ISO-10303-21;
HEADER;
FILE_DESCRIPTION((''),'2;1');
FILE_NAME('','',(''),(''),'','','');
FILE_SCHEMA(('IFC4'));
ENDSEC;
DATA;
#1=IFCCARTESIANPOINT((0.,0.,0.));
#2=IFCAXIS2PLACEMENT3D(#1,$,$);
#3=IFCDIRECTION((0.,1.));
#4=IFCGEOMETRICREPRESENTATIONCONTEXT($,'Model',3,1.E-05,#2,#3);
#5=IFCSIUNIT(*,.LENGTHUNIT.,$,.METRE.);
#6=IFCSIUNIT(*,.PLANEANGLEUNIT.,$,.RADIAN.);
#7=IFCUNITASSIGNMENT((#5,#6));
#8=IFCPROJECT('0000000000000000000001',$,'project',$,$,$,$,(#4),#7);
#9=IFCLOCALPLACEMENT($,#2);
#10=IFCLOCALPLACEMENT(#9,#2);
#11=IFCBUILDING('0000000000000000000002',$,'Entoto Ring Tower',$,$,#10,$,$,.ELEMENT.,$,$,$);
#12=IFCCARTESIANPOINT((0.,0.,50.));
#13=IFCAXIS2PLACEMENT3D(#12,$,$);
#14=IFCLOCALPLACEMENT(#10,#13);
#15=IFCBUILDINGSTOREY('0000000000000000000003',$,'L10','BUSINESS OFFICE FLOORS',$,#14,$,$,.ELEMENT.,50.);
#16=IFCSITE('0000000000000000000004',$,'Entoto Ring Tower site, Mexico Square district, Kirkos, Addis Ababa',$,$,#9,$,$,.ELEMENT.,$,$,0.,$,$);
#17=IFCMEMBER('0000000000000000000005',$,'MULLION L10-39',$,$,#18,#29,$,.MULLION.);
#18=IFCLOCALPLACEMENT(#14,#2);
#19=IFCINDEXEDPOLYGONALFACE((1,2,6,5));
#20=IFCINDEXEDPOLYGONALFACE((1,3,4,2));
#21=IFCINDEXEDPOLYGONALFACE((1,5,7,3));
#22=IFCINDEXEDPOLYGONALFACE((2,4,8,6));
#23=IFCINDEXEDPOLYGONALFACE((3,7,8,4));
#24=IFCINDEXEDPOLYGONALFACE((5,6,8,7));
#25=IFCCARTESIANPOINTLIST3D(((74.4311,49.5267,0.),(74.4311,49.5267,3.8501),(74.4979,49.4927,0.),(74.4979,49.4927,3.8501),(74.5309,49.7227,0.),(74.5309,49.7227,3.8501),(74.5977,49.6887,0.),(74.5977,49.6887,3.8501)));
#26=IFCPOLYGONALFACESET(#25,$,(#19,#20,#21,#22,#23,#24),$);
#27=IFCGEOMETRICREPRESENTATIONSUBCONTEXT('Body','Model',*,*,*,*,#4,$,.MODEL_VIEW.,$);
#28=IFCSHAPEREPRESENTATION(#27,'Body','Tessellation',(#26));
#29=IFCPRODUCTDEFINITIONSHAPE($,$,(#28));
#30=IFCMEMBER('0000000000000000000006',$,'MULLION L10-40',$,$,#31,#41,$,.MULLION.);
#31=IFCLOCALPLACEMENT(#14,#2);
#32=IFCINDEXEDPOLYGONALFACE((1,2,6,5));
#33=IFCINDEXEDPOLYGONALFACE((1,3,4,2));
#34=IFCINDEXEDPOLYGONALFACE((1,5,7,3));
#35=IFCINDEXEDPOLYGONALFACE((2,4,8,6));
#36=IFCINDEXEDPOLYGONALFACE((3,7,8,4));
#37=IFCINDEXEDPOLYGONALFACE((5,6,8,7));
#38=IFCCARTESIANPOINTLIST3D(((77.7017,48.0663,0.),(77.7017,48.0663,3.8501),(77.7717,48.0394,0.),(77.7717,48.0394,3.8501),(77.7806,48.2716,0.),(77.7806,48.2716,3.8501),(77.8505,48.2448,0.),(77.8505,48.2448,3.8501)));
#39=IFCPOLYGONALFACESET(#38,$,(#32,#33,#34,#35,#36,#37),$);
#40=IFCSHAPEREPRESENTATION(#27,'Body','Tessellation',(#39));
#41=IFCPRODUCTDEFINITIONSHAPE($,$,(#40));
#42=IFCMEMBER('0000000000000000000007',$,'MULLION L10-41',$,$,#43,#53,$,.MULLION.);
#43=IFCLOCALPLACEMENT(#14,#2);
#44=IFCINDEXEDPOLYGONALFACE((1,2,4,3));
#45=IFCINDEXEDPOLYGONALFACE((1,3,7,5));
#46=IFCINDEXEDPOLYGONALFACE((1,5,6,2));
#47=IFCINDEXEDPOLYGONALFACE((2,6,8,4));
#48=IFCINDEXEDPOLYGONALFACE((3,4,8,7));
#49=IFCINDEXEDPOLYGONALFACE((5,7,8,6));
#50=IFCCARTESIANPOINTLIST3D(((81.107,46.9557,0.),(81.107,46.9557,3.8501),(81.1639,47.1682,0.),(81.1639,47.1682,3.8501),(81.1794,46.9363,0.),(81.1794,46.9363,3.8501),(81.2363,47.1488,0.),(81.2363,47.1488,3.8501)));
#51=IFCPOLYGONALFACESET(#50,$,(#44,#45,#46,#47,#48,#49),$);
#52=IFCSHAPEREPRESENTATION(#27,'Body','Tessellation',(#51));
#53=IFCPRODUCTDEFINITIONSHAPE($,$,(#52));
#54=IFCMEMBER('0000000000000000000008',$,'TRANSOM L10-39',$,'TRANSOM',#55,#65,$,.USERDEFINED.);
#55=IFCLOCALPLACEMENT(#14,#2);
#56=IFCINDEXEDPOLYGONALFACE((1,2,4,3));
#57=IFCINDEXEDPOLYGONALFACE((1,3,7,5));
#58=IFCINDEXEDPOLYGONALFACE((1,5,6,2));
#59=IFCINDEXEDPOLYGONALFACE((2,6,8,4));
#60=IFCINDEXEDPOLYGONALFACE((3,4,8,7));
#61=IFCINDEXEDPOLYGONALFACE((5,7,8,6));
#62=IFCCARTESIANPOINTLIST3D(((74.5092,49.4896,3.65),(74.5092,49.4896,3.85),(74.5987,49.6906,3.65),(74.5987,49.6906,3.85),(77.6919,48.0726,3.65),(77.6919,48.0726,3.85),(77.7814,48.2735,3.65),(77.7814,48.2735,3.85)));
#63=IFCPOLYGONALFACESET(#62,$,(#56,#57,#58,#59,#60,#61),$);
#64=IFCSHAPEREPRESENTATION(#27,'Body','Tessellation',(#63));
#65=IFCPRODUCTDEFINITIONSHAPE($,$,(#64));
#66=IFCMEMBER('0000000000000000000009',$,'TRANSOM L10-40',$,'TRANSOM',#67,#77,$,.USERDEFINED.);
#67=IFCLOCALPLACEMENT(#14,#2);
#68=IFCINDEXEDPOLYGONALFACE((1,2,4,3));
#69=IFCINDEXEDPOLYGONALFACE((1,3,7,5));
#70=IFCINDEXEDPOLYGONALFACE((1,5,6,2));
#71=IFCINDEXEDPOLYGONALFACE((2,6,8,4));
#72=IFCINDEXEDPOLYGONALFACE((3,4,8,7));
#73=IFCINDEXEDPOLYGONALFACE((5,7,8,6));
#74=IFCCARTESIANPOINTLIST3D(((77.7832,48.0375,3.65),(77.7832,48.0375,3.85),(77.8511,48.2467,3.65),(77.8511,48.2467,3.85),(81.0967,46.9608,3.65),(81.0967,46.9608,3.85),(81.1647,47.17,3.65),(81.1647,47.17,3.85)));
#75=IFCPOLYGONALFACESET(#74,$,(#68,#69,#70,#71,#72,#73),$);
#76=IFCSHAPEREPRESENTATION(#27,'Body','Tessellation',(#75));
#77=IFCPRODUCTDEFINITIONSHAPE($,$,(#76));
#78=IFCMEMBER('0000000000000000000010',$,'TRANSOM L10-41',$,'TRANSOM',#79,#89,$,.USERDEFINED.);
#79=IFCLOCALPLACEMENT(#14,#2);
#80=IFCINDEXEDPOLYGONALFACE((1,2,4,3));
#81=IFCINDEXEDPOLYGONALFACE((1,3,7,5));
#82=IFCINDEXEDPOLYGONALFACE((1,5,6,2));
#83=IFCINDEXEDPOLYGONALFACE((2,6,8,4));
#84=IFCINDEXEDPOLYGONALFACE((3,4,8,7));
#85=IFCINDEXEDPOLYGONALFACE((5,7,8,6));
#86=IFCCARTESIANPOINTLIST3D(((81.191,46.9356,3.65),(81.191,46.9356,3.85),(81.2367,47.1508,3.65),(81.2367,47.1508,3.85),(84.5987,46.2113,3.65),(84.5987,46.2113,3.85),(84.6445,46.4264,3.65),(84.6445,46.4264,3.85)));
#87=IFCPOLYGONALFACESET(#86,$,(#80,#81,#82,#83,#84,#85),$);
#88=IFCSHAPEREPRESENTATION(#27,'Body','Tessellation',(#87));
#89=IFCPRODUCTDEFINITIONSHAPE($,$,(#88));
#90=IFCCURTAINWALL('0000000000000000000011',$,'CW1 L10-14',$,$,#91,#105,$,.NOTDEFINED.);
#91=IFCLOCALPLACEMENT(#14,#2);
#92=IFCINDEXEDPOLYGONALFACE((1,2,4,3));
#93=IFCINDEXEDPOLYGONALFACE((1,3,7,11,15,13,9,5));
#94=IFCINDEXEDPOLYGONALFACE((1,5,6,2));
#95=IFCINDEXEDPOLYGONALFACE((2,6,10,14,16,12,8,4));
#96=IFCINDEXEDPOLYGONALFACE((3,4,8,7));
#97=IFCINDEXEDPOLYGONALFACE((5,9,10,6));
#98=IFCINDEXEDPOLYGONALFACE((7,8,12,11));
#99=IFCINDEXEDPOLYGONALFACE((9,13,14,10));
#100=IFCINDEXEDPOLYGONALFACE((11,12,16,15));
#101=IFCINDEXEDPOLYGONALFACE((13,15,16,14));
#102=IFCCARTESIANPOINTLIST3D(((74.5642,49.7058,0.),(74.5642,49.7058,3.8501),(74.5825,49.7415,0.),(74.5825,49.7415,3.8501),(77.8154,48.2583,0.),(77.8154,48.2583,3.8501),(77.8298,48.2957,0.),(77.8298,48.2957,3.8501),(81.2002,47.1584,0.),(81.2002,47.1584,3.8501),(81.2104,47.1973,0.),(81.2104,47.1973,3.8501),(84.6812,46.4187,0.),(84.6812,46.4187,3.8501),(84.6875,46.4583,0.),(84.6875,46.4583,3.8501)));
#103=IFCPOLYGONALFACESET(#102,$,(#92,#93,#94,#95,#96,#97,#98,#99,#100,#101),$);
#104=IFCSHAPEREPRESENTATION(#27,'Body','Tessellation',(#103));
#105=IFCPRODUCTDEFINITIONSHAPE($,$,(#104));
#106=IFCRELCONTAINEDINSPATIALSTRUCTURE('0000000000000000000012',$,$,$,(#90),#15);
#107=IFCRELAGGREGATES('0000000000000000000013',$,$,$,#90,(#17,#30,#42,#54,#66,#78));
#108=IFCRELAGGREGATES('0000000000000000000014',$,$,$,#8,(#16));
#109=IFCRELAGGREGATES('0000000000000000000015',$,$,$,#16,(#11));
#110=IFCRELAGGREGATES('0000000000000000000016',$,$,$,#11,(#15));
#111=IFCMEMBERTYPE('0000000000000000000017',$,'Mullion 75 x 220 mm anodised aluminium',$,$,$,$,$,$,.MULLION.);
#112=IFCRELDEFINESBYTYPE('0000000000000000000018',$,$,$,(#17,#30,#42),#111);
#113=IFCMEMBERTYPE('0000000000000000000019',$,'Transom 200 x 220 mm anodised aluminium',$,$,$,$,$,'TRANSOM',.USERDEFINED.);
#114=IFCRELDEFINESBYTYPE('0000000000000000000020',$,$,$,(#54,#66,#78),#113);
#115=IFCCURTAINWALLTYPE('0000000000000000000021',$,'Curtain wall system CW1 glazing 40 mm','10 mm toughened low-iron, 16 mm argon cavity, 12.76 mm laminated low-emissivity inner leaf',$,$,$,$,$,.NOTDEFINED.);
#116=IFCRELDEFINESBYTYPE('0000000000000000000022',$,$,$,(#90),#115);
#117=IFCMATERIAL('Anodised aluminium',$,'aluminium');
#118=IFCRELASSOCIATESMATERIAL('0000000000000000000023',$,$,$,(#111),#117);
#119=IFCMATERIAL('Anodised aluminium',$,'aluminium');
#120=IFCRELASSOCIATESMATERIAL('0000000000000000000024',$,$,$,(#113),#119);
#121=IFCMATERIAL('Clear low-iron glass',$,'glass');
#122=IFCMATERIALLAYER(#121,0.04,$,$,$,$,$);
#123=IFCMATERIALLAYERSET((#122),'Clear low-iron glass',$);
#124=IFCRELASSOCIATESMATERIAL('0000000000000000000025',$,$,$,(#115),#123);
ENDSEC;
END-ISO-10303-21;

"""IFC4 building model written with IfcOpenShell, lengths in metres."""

from ifc_helpers import new_model, si_unit, direction, frame, origin, origin_2d, place, context, subcontext, project, spatial, polyline, rectangle, outline, extrude, material, layer, layer_set, material_profile, profile_set, type_object, element, aggregate, save


model = new_model("IFC4")

# Units and contexts
model_context = context("Model", 3, precision=1e-05, world=origin(), true_north=direction((0.0, 1.0)))
body_context = subcontext(model_context, "Body", "Model", "MODEL_VIEW")
ifc_project = project(units=[si_unit("LENGTHUNIT", "METRE"), si_unit("PLANEANGLEUNIT", "RADIAN")], contexts=[model_context])

# Members
ifc_material_1 = material(Name="Anodised aluminium", Category="aluminium")
ifc_material_profile_1 = material_profile(ifc_material_1, rectangle(XDim=0.075, YDim=0.22, at=origin_2d()), Name="Mullion 75 x 220 mm anodised aluminium")
ifc_profile_set_1 = profile_set([ifc_material_profile_1], Name="Anodised aluminium")
member_type_1 = type_object("IfcMemberType", Name="Mullion 75 x 220 mm anodised aluminium", PredefinedType="MULLION", material=ifc_profile_set_1)
site_placement = place(None, origin())
building_placement = place(site_placement, origin())
storey_placement = place(building_placement, frame((0.0, 0.0, 50.0)))
member_1_placement = place(storey_placement, frame((74.5144, 49.6077, 0.0), z_axis=(0.0, 0.0, 1.0), x_axis=(0.891007, -0.45399, 0.0)))
member_1 = element("IfcMember", 1, at=member_1_placement, type_object=member_type_1, Name="MULLION L10-39", PredefinedType="MULLION", context=body_context, shape_type="SweptSolid", body=[
    extrude(rectangle(XDim=0.075, YDim=0.22, at=origin_2d()), origin(), (0.0, 0.0, 1.0), 3.8501),
])
member_2_placement = place(storey_placement, frame((77.7761, 48.1555, 0.0), z_axis=(0.0, 0.0, 1.0), x_axis=(0.93358, -0.358368, 0.0)))
member_2 = element("IfcMember", 2, at=member_2_placement, type_object=member_type_1, Name="MULLION L10-40", PredefinedType="MULLION", context=body_context, shape_type="SweptSolid", body=[
    extrude(rectangle(XDim=0.075, YDim=0.22, at=origin_2d()), origin(), (0.0, 0.0, 1.0), 3.8501),
])
member_3_placement = place(storey_placement, frame((81.1716, 47.0522, 0.0), z_axis=(0.0, 0.0, 1.0), x_axis=(0.965926, -0.258819, 0.0)))
member_3 = element("IfcMember", 3, at=member_3_placement, type_object=member_type_1, Name="MULLION L10-41", PredefinedType="MULLION", context=body_context, shape_type="SweptSolid", body=[
    extrude(rectangle(XDim=0.075, YDim=0.22, at=origin_2d()), origin(), (0.0, 0.0, 1.0), 3.8501),
])
ifc_material_2 = material(Name="Anodised aluminium", Category="aluminium")
ifc_material_profile_2 = material_profile(ifc_material_2, rectangle(XDim=0.22, YDim=0.2, at=origin_2d()), Name="Transom 200 x 220 mm anodised aluminium")
ifc_profile_set_2 = profile_set([ifc_material_profile_2], Name="Anodised aluminium")
member_type_2 = type_object("IfcMemberType", Name="Transom 200 x 220 mm anodised aluminium", ElementType="TRANSOM", PredefinedType="USERDEFINED", material=ifc_profile_set_2)
member_4_placement = place(storey_placement, frame((74.554, 49.5901, 3.75), z_axis=(0.913545, -0.406737, 0.0), x_axis=(0.406737, 0.913545, 0.0)))
member_4 = element("IfcMember", 4, at=member_4_placement, type_object=member_type_2, Name="TRANSOM L10-39", ObjectType="TRANSOM", PredefinedType="USERDEFINED", context=body_context, shape_type="SweptSolid", body=[
    extrude(rectangle(XDim=0.22, YDim=0.2, at=origin_2d()), origin(), (0.0, 0.0, 1.0), 3.4839),
])
member_5_placement = place(storey_placement, frame((77.8171, 48.1421, 3.75), z_axis=(0.951053, -0.309029, 0.0), x_axis=(0.309029, 0.951053, 0.0)))
member_5 = element("IfcMember", 5, at=member_5_placement, type_object=member_type_2, Name="TRANSOM L10-40", ObjectType="TRANSOM", PredefinedType="USERDEFINED", context=body_context, shape_type="SweptSolid", body=[
    extrude(rectangle(XDim=0.22, YDim=0.2, at=origin_2d()), origin(), (0.0, 0.0, 1.0), 3.4841),
])
member_6_placement = place(storey_placement, frame((81.2139, 47.0432, 3.75), z_axis=(0.978146, -0.207921, 0.0), x_axis=(0.207921, 0.978146, 0.0)))
member_6 = element("IfcMember", 6, at=member_6_placement, type_object=member_type_2, Name="TRANSOM L10-41", ObjectType="TRANSOM", PredefinedType="USERDEFINED", context=body_context, shape_type="SweptSolid", body=[
    extrude(rectangle(XDim=0.22, YDim=0.2, at=origin_2d()), origin(), (0.0, 0.0, 1.0), 3.4839),
])

# Site, building, storey
site = spatial("IfcSite", under=ifc_project, at=site_placement, Name="Entoto Ring Tower site, Mexico Square district, Kirkos, Addis Ababa", CompositionType="ELEMENT", RefElevation=0.0)
building = spatial("IfcBuilding", under=site, at=building_placement, Name="Entoto Ring Tower", CompositionType="ELEMENT")
storey = spatial("IfcBuildingStorey", under=building, at=storey_placement, Name="L10", Description="BUSINESS OFFICE FLOORS", CompositionType="ELEMENT", Elevation=50.0)

# Curtain wall
ifc_material_3 = material(Name="Clear low-iron glass", Category="glass")
ifc_layer = layer(ifc_material_3, 0.04)
ifc_layer_set = layer_set([ifc_layer], Name="Clear low-iron glass")
curtain_wall_type = type_object("IfcCurtainWallType", Name="Curtain wall system CW1 glazing 40 mm", Description="10 mm toughened low-iron, 16 mm argon cavity, 12.76 mm laminated low-emissivity inner leaf", PredefinedType="NOTDEFINED", material=ifc_layer_set)
curtain_wall_1_placement = place(storey_placement, origin())
curtain_wall_1 = element("IfcCurtainWall", 7, at=curtain_wall_1_placement, inside=storey, type_object=curtain_wall_type, Name="CW1 L10-14", PredefinedType="NOTDEFINED", context=body_context, shape_type="SweptSolid", body=[
    extrude(outline(polyline([(74.5642, 49.7058), (77.8154, 48.2583), (81.2002, 47.1584), (84.6812, 46.4187), (84.6875, 46.4583), (81.2104, 47.1973), (77.8298, 48.2957), (74.5825, 49.7415), (74.5642, 49.7058)])), origin(), (0.0, 0.0, 1.0), 3.8501),
])
aggregate(curtain_wall_1, [member_1, member_2, member_3, member_4, member_5, member_6])

save(model, "model.ifc")
